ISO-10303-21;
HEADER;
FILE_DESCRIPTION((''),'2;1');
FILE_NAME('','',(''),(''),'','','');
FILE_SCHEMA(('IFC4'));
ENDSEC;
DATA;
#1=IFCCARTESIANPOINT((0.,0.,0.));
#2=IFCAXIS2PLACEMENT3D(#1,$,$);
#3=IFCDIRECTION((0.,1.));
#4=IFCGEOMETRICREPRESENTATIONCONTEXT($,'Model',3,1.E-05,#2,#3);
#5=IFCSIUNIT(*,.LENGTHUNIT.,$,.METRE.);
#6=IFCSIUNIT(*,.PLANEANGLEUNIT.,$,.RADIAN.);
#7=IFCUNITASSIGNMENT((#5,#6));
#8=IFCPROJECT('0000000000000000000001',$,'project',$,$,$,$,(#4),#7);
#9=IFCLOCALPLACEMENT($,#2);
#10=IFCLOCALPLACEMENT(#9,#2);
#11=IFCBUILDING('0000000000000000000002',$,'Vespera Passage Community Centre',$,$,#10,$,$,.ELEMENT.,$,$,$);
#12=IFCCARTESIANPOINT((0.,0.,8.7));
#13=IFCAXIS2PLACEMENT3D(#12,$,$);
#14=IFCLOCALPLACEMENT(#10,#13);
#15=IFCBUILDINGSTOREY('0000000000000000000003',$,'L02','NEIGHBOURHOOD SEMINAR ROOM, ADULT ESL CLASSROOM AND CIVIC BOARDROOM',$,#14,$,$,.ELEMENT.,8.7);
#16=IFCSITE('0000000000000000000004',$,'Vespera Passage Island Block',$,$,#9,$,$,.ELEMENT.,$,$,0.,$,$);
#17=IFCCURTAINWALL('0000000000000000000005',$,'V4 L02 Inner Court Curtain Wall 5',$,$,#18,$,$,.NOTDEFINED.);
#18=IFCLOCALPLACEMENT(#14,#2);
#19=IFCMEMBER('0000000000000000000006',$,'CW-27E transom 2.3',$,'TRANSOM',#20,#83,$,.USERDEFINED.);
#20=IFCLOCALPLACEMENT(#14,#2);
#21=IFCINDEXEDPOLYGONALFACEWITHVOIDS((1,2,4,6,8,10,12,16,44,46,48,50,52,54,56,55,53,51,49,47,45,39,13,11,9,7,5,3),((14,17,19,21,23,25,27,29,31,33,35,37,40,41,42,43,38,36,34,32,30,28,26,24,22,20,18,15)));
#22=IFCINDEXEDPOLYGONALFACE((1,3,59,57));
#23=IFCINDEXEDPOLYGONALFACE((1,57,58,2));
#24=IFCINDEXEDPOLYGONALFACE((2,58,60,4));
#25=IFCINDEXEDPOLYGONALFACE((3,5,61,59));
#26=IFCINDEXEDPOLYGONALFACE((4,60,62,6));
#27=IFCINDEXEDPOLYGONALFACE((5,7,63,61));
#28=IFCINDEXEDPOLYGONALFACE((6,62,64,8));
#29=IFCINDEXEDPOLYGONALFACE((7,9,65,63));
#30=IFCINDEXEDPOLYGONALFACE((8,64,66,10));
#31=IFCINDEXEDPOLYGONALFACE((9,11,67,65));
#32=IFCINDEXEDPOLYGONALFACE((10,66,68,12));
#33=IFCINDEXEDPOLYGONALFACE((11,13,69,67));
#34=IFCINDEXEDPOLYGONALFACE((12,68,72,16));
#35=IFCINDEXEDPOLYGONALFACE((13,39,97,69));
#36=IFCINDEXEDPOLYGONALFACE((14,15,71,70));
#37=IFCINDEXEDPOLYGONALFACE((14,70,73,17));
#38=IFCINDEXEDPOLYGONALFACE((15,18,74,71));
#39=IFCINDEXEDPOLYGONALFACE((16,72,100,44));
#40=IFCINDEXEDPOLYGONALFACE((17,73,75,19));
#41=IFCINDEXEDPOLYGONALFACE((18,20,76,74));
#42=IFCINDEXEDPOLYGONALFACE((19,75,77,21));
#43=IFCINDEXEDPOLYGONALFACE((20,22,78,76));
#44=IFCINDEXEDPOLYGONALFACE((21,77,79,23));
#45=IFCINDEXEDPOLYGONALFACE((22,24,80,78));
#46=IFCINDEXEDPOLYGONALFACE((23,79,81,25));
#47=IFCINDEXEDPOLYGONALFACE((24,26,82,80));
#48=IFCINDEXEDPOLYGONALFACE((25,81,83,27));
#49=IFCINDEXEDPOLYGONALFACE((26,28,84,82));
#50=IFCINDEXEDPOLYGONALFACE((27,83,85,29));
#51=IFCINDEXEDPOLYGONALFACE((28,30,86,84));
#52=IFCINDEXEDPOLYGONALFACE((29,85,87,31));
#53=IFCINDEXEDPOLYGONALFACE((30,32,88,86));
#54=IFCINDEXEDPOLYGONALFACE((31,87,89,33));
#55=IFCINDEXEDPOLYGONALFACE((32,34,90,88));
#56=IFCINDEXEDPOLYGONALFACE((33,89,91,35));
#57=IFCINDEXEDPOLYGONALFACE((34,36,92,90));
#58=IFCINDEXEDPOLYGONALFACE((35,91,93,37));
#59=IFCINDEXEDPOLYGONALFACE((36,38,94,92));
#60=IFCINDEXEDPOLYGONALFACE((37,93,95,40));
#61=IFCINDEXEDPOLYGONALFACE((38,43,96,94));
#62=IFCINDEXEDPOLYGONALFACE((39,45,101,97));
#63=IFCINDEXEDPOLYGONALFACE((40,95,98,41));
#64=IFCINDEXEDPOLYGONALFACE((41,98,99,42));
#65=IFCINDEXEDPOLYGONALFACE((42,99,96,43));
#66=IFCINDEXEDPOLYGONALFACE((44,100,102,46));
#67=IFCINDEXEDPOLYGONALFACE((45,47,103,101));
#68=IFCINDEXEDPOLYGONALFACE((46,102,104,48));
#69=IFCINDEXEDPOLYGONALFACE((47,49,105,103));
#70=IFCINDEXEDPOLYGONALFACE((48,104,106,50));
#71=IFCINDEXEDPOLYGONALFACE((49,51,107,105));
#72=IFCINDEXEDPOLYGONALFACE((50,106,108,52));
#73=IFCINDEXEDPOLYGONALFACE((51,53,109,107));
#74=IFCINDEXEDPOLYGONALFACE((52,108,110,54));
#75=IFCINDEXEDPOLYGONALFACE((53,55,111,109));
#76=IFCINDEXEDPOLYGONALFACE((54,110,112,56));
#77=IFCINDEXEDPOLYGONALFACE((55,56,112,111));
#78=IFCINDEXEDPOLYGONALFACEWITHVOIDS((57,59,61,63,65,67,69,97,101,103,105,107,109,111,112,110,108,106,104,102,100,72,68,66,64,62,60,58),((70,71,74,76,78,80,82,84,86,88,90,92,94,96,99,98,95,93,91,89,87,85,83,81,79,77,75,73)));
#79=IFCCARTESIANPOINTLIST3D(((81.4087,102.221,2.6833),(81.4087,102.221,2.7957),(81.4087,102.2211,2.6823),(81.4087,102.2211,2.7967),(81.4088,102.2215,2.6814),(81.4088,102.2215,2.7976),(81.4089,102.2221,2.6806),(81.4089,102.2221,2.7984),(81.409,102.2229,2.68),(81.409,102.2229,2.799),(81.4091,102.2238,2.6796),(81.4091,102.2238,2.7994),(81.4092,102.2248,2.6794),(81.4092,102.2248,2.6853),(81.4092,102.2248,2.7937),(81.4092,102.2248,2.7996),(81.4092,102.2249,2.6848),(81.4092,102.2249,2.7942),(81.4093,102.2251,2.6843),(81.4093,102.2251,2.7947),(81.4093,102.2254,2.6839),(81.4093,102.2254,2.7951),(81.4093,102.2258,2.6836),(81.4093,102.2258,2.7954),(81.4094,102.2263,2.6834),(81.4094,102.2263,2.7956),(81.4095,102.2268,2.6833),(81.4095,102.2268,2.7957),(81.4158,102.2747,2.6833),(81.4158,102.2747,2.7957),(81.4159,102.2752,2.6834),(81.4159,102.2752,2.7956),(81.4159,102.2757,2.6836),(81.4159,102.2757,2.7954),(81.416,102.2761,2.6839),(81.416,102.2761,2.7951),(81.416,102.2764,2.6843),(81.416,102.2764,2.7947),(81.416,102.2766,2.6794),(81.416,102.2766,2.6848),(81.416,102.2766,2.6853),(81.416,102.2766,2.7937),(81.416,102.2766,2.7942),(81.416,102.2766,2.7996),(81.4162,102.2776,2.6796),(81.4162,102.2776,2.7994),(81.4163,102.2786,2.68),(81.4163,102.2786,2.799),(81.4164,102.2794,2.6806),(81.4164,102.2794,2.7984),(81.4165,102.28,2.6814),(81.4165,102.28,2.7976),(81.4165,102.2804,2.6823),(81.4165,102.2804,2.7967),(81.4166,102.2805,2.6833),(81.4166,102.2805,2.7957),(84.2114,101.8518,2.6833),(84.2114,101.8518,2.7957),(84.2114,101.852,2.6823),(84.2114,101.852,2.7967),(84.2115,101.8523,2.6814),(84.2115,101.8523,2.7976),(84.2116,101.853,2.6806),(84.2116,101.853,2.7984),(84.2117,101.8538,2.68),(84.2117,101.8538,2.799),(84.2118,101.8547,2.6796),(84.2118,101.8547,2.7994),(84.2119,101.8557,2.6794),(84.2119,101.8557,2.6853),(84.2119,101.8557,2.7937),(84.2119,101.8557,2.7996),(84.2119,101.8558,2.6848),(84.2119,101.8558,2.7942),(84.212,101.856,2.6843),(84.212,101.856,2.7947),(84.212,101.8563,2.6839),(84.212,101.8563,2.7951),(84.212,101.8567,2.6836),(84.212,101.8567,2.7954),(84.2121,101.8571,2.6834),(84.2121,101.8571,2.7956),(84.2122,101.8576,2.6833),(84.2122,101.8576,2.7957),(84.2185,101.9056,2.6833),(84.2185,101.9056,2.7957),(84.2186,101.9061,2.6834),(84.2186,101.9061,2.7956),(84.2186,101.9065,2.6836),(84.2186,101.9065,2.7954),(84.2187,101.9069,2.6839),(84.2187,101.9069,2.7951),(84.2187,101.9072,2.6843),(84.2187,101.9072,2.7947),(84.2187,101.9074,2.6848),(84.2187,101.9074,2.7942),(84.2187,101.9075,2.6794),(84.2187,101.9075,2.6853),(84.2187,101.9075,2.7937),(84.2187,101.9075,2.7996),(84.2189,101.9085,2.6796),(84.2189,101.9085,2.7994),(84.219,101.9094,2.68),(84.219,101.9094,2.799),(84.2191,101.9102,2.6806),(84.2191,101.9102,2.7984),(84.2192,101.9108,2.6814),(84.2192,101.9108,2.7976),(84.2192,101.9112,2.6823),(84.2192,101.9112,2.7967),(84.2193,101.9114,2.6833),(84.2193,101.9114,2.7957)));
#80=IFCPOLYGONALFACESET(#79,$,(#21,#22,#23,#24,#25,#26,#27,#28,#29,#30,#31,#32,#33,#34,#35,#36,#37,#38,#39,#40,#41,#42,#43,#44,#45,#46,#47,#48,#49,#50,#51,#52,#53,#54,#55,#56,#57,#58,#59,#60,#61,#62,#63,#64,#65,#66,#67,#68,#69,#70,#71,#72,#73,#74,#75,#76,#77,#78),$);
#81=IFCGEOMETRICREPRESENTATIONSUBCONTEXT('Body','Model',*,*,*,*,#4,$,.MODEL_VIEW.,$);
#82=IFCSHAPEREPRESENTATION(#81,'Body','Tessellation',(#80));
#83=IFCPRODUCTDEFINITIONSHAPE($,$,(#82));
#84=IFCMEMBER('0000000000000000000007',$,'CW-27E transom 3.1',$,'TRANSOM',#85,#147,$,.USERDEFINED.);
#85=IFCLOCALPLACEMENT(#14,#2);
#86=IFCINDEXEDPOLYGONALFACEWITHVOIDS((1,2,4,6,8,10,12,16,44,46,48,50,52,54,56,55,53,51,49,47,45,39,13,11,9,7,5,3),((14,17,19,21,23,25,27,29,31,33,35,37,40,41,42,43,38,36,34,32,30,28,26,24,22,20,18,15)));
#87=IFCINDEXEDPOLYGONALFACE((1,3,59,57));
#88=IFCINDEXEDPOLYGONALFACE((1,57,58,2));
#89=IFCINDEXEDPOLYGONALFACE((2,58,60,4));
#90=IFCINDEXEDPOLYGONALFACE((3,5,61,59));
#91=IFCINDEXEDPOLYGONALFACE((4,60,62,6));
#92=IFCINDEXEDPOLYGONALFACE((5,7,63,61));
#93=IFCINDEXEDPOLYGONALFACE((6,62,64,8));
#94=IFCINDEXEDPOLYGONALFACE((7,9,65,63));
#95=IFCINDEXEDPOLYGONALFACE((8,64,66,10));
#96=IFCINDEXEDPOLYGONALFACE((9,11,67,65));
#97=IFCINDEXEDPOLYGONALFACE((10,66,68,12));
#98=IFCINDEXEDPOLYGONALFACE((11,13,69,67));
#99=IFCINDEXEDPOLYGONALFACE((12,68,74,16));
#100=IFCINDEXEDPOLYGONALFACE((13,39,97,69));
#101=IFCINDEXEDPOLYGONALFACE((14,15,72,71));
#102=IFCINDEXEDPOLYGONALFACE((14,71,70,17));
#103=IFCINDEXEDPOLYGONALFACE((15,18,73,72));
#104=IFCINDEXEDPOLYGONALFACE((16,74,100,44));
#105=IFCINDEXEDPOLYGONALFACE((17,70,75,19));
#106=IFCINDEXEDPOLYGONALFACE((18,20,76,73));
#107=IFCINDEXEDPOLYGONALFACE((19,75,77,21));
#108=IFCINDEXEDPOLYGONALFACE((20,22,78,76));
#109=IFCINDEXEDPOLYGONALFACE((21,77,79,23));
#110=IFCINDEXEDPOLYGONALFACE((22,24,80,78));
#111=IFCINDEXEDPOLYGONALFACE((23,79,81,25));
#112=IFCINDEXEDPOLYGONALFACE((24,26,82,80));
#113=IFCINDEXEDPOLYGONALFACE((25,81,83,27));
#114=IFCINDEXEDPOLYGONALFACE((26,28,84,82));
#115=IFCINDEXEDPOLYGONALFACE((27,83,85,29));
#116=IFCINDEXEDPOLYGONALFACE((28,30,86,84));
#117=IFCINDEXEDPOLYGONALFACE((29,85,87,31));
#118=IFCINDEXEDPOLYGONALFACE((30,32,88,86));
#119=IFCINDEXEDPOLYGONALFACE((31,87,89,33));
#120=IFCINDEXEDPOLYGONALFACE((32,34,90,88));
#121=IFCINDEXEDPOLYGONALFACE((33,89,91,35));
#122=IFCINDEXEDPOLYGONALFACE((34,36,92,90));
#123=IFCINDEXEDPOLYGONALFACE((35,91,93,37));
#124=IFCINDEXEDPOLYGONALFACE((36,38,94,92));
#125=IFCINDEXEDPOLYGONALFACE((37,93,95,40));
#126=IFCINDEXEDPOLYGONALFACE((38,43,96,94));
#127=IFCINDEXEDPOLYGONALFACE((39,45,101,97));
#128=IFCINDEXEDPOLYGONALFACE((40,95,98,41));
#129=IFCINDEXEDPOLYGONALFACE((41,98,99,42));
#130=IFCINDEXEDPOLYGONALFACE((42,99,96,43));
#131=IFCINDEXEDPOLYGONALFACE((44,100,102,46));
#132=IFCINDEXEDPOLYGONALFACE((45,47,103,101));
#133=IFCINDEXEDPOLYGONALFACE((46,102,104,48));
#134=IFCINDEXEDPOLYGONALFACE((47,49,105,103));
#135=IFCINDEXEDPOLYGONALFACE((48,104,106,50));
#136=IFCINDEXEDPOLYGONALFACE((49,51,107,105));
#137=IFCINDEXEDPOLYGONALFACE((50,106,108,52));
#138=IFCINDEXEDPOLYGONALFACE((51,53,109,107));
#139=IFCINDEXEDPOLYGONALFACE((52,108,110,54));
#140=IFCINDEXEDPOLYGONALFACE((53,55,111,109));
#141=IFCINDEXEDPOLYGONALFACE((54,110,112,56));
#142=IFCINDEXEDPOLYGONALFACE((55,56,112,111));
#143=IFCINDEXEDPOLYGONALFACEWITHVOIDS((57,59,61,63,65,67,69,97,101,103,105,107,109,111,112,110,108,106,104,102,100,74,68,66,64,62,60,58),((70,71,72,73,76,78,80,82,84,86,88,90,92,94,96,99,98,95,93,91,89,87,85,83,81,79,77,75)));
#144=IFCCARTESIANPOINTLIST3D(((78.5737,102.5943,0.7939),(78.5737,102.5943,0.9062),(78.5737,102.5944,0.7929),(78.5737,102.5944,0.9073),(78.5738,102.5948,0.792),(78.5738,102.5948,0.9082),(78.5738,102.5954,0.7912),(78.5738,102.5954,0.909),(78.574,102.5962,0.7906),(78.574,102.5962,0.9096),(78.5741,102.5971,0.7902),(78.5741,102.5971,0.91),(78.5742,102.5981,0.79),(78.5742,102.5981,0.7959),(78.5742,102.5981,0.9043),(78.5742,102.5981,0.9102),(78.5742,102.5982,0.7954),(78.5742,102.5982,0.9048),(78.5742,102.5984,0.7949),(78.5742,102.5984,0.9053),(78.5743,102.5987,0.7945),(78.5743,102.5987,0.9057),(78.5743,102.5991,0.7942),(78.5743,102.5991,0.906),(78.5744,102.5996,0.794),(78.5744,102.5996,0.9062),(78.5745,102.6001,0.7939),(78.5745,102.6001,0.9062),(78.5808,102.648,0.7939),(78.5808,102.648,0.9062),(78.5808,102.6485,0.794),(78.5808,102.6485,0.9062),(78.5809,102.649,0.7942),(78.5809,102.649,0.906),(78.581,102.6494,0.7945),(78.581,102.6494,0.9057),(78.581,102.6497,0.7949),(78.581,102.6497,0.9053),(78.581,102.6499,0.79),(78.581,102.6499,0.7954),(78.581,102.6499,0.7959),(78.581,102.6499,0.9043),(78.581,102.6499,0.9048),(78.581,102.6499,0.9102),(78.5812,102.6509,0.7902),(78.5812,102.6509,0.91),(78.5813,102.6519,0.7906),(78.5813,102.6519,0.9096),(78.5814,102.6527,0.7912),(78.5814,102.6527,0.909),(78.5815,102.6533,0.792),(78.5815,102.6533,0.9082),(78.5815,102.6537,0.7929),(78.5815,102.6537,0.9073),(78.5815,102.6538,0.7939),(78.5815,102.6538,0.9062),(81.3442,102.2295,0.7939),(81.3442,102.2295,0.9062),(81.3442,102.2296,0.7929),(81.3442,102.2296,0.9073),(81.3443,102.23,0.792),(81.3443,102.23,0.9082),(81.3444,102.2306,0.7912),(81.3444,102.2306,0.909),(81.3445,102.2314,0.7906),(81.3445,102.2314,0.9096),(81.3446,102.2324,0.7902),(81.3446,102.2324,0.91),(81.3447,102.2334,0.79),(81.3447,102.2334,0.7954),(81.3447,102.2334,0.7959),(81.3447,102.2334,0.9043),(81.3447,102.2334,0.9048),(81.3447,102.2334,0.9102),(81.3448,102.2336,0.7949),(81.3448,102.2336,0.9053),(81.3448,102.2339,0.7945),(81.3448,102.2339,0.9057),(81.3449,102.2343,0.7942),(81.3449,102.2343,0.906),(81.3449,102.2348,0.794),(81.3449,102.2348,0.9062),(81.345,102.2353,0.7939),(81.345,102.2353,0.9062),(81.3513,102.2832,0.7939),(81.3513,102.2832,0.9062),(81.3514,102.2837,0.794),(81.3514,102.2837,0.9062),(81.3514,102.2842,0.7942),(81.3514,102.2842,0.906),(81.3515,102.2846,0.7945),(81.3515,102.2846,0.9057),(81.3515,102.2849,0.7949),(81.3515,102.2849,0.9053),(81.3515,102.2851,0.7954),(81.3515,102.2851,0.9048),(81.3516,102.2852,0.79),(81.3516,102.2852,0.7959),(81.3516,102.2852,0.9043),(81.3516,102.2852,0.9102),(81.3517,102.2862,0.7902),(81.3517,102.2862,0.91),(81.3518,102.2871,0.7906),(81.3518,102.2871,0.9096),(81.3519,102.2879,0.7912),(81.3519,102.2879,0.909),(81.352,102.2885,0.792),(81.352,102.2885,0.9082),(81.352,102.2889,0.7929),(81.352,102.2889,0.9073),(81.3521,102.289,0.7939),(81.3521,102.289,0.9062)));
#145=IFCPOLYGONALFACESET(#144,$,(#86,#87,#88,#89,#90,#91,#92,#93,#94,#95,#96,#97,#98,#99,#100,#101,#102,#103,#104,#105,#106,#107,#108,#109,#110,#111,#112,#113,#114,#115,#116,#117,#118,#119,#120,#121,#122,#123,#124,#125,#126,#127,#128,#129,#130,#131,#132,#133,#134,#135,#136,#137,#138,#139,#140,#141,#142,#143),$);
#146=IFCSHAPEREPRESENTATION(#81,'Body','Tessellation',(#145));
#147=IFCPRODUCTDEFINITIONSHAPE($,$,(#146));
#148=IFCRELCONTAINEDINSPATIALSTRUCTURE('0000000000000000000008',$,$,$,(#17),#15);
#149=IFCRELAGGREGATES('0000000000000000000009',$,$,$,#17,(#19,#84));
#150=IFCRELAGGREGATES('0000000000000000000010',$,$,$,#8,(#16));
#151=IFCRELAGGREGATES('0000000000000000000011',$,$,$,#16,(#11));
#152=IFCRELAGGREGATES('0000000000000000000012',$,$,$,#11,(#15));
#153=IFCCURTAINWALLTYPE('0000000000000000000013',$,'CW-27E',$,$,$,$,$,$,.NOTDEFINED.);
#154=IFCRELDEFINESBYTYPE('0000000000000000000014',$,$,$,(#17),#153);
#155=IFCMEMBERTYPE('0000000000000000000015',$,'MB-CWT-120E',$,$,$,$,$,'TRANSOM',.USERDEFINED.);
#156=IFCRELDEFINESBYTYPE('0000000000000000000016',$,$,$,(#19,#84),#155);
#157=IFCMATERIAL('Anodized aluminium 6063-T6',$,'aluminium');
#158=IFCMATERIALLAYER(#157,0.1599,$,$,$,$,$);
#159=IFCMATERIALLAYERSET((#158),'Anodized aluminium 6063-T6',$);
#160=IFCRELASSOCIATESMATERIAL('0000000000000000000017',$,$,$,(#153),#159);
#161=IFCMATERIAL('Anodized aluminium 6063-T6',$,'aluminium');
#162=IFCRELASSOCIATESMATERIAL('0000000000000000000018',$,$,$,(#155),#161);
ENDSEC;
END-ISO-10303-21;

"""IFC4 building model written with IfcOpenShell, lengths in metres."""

from ifc_helpers import new_model, si_unit, direction, frame, origin, origin_2d, place, context, subcontext, project, spatial, hollow_rectangle, extrude, material, layer, layer_set, material_profile, profile_set, type_object, element, aggregate, save


model = new_model("IFC4")

# Units and contexts
model_context = context("Model", 3, precision=1e-05, world=origin(), true_north=direction((0.0, 1.0)))
body_context = subcontext(model_context, "Body", "Model", "MODEL_VIEW")
ifc_project = project(units=[si_unit("LENGTHUNIT", "METRE"), si_unit("PLANEANGLEUNIT", "RADIAN")], contexts=[model_context])

# Site, building, storey
site_placement = place(None, origin())
site = spatial("IfcSite", under=ifc_project, at=site_placement, Name="Vespera Passage Island Block", CompositionType="ELEMENT", RefElevation=0.0)
building_placement = place(site_placement, origin())
building = spatial("IfcBuilding", under=site, at=building_placement, Name="Vespera Passage Community Centre", CompositionType="ELEMENT")
storey_placement = place(building_placement, frame((0.0, 0.0, 8.7)))
storey = spatial("IfcBuildingStorey", under=building, at=storey_placement, Name="L02", Description="NEIGHBOURHOOD SEMINAR ROOM, ADULT ESL CLASSROOM AND CIVIC BOARDROOM", CompositionType="ELEMENT", Elevation=8.7)

# Curtain wall
ifc_material_1 = material(Name="Anodized aluminium 6063-T6", Category="aluminium")
ifc_layer_1 = layer(ifc_material_1, 0.1599)
ifc_layer_set_1 = layer_set([ifc_layer_1], Name="Anodized aluminium 6063-T6")
curtain_wall_type_1 = type_object("IfcCurtainWallType", Name="CW-27E", PredefinedType="NOTDEFINED", material=ifc_layer_set_1)
curtain_wall_1_placement = place(storey_placement, origin())
curtain_wall_1 = element("IfcCurtainWall", 1, at=curtain_wall_1_placement, inside=storey, type_object=curtain_wall_type_1, Name="V4 L02 Inner Court Curtain Wall 5", PredefinedType="NOTDEFINED")

# Members
ifc_material_2 = material(Name="Anodized aluminium 6063-T6", Category="aluminium")
ifc_material_profile_1 = material_profile(ifc_material_2, hollow_rectangle(XDim=0.0601, YDim=0.1201, WallThickness=0.0039, InnerFilletRadius=0.002, OuterFilletRadius=0.0039, at=origin_2d()), Name="ALU120X60X4")
ifc_profile_set_1 = profile_set([ifc_material_profile_1], Name="Anodized aluminium 6063-T6")
member_type_1 = type_object("IfcMemberType", Name="MB-CWT-120E", ElementType="TRANSOM", PredefinedType="USERDEFINED", material=ifc_profile_set_1)
member_1_placement = place(storey_placement, frame((84.2153, 101.8816, 2.7395), z_axis=(-0.991438, 0.13058, 0.0), x_axis=(-0.13058, -0.991438, 0.0)))
member_1 = element("IfcMember", 2, at=member_1_placement, type_object=member_type_1, Name="CW-27E transom 2.3", ObjectType="TRANSOM", PredefinedType="USERDEFINED", context=body_context, shape_type="SweptSolid", body=[
    extrude(hollow_rectangle(XDim=0.0601, YDim=0.1201, WallThickness=0.0039, InnerFilletRadius=0.002, OuterFilletRadius=0.0039, at=origin_2d()), origin(), (0.0, 0.0, 1.0), 2.8269),
])
member_2_placement = place(storey_placement, frame((81.3481, 102.2593, 0.8501), z_axis=(-0.991445, 0.130527, 0.0), x_axis=(-0.130527, -0.991445, 0.0)))
member_2 = element("IfcMember", 3, at=member_2_placement, type_object=member_type_1, Name="CW-27E transom 3.1", ObjectType="TRANSOM", PredefinedType="USERDEFINED", context=body_context, shape_type="SweptSolid", body=[
    extrude(hollow_rectangle(XDim=0.0601, YDim=0.1201, WallThickness=0.0039, InnerFilletRadius=0.002, OuterFilletRadius=0.0039, at=origin_2d()), origin(), (0.0, 0.0, 1.0), 2.7944),
])

aggregate(curtain_wall_1, [member_1, member_2])

save(model, "model.ifc")
